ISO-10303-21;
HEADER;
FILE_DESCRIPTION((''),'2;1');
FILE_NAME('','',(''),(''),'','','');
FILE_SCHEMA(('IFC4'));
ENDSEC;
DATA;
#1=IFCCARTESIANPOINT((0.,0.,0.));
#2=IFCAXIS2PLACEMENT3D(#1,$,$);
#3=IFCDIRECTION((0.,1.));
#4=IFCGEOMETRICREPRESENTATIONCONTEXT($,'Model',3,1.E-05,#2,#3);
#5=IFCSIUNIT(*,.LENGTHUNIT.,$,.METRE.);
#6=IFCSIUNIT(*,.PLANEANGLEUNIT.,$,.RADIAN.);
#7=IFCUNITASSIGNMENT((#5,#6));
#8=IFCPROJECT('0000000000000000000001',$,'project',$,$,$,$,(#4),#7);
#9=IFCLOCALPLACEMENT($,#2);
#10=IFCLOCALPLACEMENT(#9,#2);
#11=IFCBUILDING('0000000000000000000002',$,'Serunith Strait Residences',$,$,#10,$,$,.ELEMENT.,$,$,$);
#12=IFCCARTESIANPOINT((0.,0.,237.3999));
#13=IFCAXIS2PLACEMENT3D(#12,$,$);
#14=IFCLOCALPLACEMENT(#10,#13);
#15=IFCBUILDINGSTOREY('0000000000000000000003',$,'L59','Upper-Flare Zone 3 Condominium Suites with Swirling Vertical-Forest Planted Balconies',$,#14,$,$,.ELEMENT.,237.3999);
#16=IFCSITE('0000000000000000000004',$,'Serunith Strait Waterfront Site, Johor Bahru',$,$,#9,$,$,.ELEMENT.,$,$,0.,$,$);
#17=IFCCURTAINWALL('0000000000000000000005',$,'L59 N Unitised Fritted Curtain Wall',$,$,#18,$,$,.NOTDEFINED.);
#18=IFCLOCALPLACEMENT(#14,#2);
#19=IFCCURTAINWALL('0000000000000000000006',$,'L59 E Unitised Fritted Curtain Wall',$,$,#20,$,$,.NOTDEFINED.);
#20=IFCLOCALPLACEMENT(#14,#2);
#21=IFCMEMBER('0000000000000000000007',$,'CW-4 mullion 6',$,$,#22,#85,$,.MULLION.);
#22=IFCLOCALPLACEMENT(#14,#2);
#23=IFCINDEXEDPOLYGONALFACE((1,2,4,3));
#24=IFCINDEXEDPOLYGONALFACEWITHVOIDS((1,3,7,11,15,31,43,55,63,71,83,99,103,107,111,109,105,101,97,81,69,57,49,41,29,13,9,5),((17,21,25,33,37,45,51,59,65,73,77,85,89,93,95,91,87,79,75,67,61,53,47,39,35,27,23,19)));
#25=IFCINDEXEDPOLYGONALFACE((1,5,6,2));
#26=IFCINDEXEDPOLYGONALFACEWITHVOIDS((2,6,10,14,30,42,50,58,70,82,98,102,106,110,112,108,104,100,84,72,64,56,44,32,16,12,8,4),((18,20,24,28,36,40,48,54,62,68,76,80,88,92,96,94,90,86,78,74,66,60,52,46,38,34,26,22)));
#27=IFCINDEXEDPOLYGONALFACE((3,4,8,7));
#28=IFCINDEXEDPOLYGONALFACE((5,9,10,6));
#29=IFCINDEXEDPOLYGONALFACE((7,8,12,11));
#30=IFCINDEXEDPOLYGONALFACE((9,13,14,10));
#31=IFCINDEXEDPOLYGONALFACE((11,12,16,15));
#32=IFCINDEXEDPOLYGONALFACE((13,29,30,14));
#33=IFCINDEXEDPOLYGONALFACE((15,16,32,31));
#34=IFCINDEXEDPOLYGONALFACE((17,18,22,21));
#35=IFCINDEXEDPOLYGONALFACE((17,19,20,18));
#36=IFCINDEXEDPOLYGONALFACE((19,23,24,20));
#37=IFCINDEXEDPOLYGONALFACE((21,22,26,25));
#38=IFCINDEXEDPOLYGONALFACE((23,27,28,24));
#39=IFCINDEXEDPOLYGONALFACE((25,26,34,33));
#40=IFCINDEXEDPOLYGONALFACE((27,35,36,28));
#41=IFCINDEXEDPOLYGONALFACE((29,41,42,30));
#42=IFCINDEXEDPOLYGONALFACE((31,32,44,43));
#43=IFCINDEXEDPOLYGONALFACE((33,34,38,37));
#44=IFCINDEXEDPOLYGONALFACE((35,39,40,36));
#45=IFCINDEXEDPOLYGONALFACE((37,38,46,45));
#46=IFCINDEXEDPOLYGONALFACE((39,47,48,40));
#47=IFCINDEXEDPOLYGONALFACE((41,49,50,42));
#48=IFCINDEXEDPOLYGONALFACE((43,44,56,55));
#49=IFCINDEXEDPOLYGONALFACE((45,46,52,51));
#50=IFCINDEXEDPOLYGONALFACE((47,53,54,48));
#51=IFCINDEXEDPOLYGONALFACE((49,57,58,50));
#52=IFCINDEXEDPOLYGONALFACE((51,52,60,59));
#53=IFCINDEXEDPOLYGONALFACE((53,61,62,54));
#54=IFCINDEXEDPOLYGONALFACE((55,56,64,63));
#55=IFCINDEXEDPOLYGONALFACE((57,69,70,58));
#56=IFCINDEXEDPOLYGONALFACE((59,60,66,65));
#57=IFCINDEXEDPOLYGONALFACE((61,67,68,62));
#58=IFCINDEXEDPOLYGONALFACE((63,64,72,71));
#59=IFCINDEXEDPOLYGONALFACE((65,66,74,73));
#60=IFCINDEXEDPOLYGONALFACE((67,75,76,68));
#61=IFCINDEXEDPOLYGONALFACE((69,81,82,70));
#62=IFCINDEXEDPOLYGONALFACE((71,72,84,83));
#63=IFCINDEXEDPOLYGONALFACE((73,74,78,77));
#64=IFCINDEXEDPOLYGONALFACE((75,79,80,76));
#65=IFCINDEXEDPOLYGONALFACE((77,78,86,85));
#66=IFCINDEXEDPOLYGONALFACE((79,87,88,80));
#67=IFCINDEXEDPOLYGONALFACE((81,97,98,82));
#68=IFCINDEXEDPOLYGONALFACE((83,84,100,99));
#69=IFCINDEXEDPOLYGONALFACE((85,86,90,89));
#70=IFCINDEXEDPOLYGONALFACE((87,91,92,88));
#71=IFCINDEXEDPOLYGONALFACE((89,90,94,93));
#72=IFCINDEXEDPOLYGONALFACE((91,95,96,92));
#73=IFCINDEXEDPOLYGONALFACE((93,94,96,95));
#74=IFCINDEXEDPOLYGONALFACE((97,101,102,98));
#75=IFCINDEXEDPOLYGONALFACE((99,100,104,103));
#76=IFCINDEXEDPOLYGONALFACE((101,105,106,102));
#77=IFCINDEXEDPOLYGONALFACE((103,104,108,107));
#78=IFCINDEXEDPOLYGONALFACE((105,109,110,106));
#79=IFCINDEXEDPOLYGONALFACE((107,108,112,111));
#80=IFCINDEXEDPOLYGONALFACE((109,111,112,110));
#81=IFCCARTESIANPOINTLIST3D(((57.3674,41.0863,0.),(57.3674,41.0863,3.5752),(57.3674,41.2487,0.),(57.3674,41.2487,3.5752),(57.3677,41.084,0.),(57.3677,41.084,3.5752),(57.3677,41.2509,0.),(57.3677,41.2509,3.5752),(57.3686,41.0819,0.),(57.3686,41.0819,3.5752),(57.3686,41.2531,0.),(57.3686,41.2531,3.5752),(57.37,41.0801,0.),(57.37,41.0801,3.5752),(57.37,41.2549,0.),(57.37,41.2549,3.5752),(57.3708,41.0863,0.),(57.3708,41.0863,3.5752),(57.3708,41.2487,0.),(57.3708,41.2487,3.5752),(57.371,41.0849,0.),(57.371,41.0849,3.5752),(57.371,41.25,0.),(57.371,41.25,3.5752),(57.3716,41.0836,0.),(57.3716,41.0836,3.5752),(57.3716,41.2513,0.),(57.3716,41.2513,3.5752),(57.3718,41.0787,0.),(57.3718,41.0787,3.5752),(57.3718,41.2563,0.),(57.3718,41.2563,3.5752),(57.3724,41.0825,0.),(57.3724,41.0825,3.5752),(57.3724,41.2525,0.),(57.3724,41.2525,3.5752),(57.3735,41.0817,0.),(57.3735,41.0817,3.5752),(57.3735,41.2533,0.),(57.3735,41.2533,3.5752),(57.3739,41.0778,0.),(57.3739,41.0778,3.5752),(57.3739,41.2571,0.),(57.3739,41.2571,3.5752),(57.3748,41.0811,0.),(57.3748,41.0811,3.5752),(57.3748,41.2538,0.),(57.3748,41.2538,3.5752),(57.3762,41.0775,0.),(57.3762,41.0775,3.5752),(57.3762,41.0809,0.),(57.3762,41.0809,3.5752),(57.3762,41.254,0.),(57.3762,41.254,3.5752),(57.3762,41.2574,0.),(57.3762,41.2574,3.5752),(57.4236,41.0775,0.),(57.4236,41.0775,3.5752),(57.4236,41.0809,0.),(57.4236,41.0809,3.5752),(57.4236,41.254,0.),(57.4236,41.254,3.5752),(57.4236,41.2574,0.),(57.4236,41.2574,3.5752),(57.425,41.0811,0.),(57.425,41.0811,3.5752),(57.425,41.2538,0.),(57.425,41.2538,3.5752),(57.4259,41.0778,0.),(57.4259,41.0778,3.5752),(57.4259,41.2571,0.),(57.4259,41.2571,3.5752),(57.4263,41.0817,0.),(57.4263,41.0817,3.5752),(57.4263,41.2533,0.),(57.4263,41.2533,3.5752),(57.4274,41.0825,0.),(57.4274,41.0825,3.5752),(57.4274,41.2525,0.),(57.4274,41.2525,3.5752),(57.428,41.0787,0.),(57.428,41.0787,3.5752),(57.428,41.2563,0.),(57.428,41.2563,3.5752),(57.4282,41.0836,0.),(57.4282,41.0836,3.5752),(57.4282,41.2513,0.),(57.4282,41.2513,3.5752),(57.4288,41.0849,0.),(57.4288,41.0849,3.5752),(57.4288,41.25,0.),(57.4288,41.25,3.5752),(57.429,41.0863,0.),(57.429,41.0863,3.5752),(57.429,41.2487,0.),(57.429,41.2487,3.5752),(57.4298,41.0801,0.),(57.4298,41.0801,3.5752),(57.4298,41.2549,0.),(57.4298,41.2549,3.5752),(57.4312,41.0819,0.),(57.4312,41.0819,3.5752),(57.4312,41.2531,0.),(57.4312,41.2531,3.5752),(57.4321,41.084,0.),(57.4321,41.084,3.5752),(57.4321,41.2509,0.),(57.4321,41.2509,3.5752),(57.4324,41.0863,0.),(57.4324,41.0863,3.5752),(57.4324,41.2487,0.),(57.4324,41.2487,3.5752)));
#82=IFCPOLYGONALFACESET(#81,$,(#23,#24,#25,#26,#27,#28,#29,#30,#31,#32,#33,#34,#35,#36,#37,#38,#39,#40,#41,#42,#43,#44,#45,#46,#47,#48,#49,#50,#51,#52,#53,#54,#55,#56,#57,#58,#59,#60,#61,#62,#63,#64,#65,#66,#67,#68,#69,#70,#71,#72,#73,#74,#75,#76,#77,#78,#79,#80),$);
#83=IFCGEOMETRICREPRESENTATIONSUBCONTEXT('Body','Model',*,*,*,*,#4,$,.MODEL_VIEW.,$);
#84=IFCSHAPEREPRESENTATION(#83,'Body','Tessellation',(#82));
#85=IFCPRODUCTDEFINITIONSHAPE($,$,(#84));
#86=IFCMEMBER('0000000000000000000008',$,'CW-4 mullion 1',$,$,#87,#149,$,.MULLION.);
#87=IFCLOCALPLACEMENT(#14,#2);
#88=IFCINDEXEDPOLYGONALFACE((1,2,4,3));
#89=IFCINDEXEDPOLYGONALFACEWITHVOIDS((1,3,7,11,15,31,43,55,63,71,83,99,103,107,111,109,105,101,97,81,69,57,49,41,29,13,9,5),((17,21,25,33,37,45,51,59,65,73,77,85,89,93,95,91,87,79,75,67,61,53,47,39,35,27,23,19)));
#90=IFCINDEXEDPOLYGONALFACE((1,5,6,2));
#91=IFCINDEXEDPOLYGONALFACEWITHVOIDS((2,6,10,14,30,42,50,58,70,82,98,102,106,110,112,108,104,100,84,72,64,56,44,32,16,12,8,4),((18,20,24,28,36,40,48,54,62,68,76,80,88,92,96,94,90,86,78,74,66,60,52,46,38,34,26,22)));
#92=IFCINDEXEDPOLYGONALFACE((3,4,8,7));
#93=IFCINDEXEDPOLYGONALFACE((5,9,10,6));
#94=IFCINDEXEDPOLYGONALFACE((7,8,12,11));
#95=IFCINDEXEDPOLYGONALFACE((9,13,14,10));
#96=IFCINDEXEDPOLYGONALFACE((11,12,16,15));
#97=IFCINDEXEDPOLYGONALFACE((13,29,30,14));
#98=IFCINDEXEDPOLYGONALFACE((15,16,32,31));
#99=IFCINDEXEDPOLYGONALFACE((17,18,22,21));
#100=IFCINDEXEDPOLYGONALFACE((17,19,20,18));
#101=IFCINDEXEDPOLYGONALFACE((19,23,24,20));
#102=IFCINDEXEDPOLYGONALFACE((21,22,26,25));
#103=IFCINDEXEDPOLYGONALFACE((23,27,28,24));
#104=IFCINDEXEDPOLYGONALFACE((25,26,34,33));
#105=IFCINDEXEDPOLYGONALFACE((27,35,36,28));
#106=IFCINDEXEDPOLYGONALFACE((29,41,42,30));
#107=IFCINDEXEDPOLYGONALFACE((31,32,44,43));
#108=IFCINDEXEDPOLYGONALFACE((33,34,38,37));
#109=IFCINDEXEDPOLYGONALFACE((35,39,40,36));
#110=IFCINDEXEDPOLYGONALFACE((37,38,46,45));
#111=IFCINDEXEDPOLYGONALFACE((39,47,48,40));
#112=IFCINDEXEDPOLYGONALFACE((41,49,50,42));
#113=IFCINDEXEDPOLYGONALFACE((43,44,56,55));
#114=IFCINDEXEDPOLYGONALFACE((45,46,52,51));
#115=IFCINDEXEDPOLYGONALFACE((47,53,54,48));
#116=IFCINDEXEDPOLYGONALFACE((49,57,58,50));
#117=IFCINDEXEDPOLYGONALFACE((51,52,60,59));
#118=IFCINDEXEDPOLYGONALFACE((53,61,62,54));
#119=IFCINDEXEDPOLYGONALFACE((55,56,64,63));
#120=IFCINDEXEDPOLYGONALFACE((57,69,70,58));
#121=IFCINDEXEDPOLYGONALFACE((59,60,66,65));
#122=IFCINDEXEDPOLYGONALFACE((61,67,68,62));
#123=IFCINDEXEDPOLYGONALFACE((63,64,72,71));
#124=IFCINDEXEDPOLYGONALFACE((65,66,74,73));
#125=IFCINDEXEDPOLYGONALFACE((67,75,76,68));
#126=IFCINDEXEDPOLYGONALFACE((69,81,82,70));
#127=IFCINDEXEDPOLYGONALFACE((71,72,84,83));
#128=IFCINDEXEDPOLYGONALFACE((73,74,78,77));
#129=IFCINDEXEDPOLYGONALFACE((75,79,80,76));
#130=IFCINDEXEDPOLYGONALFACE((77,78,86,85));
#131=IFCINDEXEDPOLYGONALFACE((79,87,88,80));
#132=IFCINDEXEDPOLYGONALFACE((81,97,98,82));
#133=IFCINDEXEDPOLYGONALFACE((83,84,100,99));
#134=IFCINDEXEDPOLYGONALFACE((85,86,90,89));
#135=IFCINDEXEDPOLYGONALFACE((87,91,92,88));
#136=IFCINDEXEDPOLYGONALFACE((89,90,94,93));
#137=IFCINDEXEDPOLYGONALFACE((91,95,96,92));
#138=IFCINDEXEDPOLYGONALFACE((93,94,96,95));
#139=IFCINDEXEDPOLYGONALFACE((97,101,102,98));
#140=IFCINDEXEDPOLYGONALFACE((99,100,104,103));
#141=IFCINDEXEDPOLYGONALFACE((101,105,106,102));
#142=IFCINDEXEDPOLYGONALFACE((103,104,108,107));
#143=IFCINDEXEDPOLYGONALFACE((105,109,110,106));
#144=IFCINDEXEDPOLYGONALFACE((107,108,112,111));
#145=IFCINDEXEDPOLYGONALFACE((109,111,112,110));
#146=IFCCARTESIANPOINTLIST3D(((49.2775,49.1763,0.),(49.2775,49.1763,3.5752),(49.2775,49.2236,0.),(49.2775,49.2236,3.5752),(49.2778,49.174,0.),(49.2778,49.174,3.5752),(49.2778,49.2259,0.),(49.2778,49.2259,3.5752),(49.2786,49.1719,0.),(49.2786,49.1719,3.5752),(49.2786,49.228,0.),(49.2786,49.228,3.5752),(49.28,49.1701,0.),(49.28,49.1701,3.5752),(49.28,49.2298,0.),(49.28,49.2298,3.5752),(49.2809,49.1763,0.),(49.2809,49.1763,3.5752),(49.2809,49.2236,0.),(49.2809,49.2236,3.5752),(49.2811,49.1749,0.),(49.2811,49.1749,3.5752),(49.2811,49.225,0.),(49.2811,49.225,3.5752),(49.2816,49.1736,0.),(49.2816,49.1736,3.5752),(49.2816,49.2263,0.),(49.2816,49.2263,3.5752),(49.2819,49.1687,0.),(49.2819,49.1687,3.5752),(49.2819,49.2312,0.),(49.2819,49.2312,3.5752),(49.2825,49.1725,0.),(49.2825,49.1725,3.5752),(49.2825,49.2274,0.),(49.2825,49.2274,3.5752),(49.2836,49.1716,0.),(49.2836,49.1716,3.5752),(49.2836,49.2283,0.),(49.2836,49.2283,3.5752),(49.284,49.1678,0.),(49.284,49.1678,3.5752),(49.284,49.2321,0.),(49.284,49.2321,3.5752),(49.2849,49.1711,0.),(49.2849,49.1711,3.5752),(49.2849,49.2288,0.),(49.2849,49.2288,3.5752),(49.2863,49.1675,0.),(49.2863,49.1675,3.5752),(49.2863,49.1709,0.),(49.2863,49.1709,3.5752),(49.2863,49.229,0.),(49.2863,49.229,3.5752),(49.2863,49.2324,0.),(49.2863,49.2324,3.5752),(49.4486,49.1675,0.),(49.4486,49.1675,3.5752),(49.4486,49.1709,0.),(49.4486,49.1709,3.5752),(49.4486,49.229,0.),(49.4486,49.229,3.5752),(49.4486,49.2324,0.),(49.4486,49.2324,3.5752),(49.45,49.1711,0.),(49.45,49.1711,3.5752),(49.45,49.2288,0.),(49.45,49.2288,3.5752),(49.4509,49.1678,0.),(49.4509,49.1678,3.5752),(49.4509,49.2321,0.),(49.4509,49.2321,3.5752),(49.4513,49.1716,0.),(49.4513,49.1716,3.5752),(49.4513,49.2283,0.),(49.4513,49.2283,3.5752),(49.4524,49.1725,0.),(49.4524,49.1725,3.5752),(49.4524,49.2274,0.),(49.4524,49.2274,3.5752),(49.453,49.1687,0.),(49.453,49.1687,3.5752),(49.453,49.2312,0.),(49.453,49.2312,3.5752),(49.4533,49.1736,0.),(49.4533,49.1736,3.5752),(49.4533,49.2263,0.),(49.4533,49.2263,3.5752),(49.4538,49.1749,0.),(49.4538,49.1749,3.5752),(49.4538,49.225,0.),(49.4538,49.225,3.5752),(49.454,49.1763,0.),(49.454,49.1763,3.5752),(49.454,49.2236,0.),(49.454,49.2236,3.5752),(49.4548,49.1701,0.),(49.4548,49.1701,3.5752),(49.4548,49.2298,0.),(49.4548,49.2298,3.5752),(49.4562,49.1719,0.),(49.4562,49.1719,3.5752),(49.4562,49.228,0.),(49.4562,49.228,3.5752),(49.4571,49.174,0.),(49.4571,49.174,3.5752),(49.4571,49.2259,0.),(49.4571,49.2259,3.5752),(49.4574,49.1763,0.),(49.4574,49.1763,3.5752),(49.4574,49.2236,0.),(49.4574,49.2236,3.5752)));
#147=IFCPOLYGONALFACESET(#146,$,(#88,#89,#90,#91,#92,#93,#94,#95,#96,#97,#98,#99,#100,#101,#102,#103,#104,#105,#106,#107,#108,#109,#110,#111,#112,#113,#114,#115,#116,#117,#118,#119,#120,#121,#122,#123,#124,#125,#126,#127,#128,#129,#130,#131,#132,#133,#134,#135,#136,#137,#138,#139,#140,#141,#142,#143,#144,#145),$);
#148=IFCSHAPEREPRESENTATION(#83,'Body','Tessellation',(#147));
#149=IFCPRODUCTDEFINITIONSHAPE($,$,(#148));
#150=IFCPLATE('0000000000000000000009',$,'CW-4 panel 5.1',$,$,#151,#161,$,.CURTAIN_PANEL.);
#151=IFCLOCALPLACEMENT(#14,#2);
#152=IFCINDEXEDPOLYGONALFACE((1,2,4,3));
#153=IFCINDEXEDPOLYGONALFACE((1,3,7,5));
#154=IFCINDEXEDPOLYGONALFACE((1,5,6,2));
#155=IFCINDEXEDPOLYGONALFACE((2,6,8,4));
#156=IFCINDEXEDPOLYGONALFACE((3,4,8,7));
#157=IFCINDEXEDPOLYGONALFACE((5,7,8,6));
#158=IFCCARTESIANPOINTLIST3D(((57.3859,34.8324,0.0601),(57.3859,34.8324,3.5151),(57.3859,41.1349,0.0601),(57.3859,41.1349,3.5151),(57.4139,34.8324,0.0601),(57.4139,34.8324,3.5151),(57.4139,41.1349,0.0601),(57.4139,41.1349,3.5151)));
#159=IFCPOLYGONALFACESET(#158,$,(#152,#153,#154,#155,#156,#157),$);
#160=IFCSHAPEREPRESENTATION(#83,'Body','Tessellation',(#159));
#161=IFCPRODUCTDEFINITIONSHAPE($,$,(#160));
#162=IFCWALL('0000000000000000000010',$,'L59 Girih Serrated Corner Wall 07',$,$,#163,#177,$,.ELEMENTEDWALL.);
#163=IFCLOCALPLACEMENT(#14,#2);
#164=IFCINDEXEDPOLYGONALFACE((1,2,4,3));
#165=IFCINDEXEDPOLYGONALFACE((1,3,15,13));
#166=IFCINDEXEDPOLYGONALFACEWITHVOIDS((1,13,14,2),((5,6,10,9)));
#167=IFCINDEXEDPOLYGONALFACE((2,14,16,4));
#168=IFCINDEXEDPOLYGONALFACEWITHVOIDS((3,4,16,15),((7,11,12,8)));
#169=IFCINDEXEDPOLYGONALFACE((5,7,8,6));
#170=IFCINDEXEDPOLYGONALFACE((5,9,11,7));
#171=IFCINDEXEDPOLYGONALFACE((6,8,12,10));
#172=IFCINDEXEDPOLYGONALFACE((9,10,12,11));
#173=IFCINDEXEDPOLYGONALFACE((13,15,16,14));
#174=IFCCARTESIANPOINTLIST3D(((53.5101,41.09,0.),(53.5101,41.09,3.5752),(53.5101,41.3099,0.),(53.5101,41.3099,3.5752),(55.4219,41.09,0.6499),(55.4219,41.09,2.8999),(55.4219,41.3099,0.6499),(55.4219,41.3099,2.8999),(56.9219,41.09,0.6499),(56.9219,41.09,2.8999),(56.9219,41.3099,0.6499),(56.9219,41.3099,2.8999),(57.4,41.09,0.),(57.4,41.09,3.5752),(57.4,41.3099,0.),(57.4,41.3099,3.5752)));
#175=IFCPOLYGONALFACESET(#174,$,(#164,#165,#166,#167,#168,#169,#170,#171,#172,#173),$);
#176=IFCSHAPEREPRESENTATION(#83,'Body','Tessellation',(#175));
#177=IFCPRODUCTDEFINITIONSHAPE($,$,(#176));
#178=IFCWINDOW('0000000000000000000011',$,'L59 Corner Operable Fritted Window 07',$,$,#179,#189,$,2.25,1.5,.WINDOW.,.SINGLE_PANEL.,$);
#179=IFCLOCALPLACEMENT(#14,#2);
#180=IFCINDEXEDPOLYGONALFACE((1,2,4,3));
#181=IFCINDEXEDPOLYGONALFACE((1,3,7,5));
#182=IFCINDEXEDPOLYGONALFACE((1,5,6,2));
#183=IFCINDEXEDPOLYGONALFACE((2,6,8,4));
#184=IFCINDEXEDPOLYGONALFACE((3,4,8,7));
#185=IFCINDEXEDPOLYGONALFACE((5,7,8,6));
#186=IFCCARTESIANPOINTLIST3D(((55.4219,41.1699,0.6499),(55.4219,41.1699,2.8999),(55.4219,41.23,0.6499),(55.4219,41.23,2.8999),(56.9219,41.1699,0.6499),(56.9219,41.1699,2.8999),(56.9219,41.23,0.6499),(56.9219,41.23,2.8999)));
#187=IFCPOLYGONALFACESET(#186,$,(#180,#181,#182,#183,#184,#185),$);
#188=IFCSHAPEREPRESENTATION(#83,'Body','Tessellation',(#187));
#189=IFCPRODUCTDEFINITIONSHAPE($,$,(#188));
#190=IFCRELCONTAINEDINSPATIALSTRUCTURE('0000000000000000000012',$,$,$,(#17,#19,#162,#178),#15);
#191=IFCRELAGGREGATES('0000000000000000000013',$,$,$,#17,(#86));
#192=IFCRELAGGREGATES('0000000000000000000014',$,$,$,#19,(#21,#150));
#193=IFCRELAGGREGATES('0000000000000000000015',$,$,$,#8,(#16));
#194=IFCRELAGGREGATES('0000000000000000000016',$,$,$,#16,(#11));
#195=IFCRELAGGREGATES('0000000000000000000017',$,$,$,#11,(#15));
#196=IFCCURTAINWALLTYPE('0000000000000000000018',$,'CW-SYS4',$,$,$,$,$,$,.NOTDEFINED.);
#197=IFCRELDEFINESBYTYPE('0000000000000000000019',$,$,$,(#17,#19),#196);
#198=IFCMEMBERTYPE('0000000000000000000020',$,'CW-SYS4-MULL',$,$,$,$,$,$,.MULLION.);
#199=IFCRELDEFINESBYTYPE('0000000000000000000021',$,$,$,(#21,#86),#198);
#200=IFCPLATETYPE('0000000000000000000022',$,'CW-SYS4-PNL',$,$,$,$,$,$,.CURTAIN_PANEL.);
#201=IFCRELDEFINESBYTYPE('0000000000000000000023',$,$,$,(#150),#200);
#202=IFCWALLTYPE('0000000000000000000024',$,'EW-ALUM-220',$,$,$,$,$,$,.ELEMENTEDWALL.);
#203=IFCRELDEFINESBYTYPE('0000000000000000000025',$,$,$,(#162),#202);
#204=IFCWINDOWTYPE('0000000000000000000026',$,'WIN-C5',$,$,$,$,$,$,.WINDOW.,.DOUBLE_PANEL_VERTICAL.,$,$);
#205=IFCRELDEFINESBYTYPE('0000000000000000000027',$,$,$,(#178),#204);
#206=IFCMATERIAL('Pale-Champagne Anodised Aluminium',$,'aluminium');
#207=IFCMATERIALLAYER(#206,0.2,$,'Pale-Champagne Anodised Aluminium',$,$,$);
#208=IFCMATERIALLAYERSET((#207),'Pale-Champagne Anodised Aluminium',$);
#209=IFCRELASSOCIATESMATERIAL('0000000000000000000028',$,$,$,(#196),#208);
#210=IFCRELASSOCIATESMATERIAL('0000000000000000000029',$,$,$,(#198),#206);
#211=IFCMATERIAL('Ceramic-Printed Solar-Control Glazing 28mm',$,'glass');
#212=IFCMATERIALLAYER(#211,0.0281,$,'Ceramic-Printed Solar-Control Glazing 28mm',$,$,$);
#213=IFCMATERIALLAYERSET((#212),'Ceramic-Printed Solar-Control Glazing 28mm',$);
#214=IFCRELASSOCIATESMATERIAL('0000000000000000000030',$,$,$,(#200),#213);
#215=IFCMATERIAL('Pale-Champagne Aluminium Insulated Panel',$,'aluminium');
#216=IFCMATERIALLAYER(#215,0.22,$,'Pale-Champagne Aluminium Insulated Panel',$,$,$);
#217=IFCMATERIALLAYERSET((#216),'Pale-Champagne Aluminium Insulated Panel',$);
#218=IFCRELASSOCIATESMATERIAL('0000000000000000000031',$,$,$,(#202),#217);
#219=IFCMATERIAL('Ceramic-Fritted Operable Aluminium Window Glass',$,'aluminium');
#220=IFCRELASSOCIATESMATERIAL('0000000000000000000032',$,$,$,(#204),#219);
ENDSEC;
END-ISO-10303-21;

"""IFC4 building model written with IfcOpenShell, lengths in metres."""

from ifc_helpers import new_model, si_unit, direction, frame, frame_2d, origin, origin_2d, place, context, subcontext, project, spatial, rectangle, hollow_rectangle, extrude, source, transform, mapped, material, layer, layer_set, material_profile, profile_set, type_object, element, fill, aggregate, save


model = new_model("IFC4")

# Units and contexts
model_context = context("Model", 3, precision=1e-05, world=origin(), true_north=direction((0.0, 1.0)))
body_context = subcontext(model_context, "Body", "Model", "MODEL_VIEW")
ifc_project = project(units=[si_unit("LENGTHUNIT", "METRE"), si_unit("PLANEANGLEUNIT", "RADIAN")], contexts=[model_context])

# Site, building, storey
site_placement = place(None, origin())
site = spatial("IfcSite", under=ifc_project, at=site_placement, Name="Serunith Strait Waterfront Site, Johor Bahru", CompositionType="ELEMENT", RefElevation=0.0)
building_placement = place(site_placement, origin())
building = spatial("IfcBuilding", under=site, at=building_placement, Name="Serunith Strait Residences", CompositionType="ELEMENT")
storey_placement = place(building_placement, frame((0.0, 0.0, 237.3999)))
storey = spatial("IfcBuildingStorey", under=building, at=storey_placement, Name="L59", Description="Upper-Flare Zone 3 Condominium Suites with Swirling Vertical-Forest Planted Balconies", CompositionType="ELEMENT", Elevation=237.3999)

# Curtain wall
ifc_material_1 = material(Name="Pale-Champagne Anodised Aluminium", Category="aluminium")
ifc_layer_1 = layer(ifc_material_1, 0.2, Name="Pale-Champagne Anodised Aluminium")
ifc_layer_set_1 = layer_set([ifc_layer_1], Name="Pale-Champagne Anodised Aluminium")
curtain_wall_type = type_object("IfcCurtainWallType", Name="CW-SYS4", PredefinedType="NOTDEFINED", material=ifc_layer_set_1)
curtain_wall_1_placement = place(storey_placement, origin())
curtain_wall_1 = element("IfcCurtainWall", 1, at=curtain_wall_1_placement, inside=storey, type_object=curtain_wall_type, Name="L59 N Unitised Fritted Curtain Wall", PredefinedType="NOTDEFINED")

# Curtain wall, member
curtain_wall_2_placement = place(storey_placement, origin())
curtain_wall_2 = element("IfcCurtainWall", 2, at=curtain_wall_2_placement, inside=storey, type_object=curtain_wall_type, Name="L59 E Unitised Fritted Curtain Wall", PredefinedType="NOTDEFINED")
ifc_material_profile_1 = material_profile(ifc_material_1, hollow_rectangle(XDim=0.0649, YDim=0.1799, WallThickness=0.0034, InnerFilletRadius=0.0054, OuterFilletRadius=0.0088, at=origin_2d()), Name="ALU 180x65x3.5")
ifc_profile_set_1 = profile_set([ifc_material_profile_1], Name="Pale-Champagne Anodised Aluminium")
member_type_1 = type_object("IfcMemberType", Name="CW-SYS4-MULL", PredefinedType="MULLION", material=ifc_profile_set_1)
shared_shape_1 = source(origin(), body_context, "Body", "SweptSolid", [
    extrude(hollow_rectangle(XDim=0.0649, YDim=0.1799, WallThickness=0.0034, InnerFilletRadius=0.0054, OuterFilletRadius=0.0088, at=origin_2d()), origin(), (0.0, 0.0, 1.0), 3.5752),
])
member_1_placement = place(storey_placement, frame((57.3999, 41.1675, 0.0), z_axis=(0.0, 0.0, 1.0), x_axis=(-1.0, 0.0, 0.0)))
member_1 = element("IfcMember", 3, at=member_1_placement, type_object=member_type_1, Name="CW-4 mullion 6", PredefinedType="MULLION", context=body_context, shape_type="MappedRepresentation", body=[
    mapped(shared_shape_1, transform((0.0, 0.0, 0.0), scale=1.0)),
])

# Member
member_2_placement = place(storey_placement, frame((49.3674, 49.2, 0.0), z_axis=(0.0, 0.0, 1.0), x_axis=(0.0, -1.0, 0.0)))
member_2 = element("IfcMember", 4, at=member_2_placement, type_object=member_type_1, Name="CW-4 mullion 1", PredefinedType="MULLION", context=body_context, shape_type="MappedRepresentation", body=[
    mapped(shared_shape_1, transform((0.0, 0.0, 0.0), scale=1.0)),
])
aggregate(curtain_wall_1, [member_2])

# Plate
ifc_material_2 = material(Name="Ceramic-Printed Solar-Control Glazing 28mm", Category="glass")
ifc_layer_2 = layer(ifc_material_2, 0.0281, Name="Ceramic-Printed Solar-Control Glazing 28mm")
ifc_layer_set_2 = layer_set([ifc_layer_2], Name="Ceramic-Printed Solar-Control Glazing 28mm")
plate_type = type_object("IfcPlateType", Name="CW-SYS4-PNL", PredefinedType="CURTAIN_PANEL", material=ifc_layer_set_2)
shared_shape_2 = source(origin(), body_context, "Body", "SweptSolid", [
    extrude(rectangle(XDim=6.3025, YDim=0.0281, at=origin_2d()), origin(), (0.0, 0.0, 1.0), 3.4551),
])
plate_placement = place(storey_placement, frame((57.3999, 37.9836, 0.0601), z_axis=(0.0, 0.0, 1.0), x_axis=(0.0, 1.0, 0.0)))
plate = element("IfcPlate", 5, at=plate_placement, type_object=plate_type, Name="CW-4 panel 5.1", PredefinedType="CURTAIN_PANEL", context=body_context, shape_type="MappedRepresentation", body=[
    mapped(shared_shape_2, transform((0.0, 0.0, 0.0), scale=1.0)),
])
aggregate(curtain_wall_2, [member_1, plate])

# Wall, opening, window
ifc_material_3 = material(Name="Pale-Champagne Aluminium Insulated Panel", Category="aluminium")
ifc_layer_3 = layer(ifc_material_3, 0.22, Name="Pale-Champagne Aluminium Insulated Panel")
ifc_layer_set_3 = layer_set([ifc_layer_3], Name="Pale-Champagne Aluminium Insulated Panel")
wall_type_1 = type_object("IfcWallType", Name="EW-ALUM-220", PredefinedType="ELEMENTEDWALL", material=ifc_layer_set_3)
wall_1_placement = place(storey_placement, frame((57.3999, 41.2, 0.0), z_axis=(0.0, 0.0, 1.0), x_axis=(-1.0, 0.0, 0.0)))
wall_1 = element("IfcWall", 6, at=wall_1_placement, inside=storey, type_object=wall_type_1, Name="L59 Girih Serrated Corner Wall 07", PredefinedType="ELEMENTEDWALL", context=body_context, shape_type="SweptSolid", body=[
    extrude(rectangle(XDim=3.8899, YDim=0.22, at=frame_2d((1.9448, 0.0))), origin(), (0.0, 0.0, 1.0), 3.5752),
])
opening_1_placement = place(wall_1_placement, frame((0.478, 0.0, 0.6499)))
opening_1 = element("IfcOpeningElement", 7, at=opening_1_placement, cuts=wall_1, PredefinedType="OPENING", context=body_context, shape_type="SweptSolid", body=[
    extrude(rectangle(XDim=1.5, YDim=2.25, at=frame_2d((0.75, 1.125))), frame((0.0, 0.1201, 0.0), z_axis=(0.0, -1.0, 0.0), x_axis=(1.0, 0.0, 0.0)), (0.0, 0.0, 1.0), 0.24),
])
ifc_material_4 = material(Name="Ceramic-Fritted Operable Aluminium Window Glass", Category="aluminium")
window_type = type_object("IfcWindowType", Name="WIN-C5", PartitioningType="DOUBLE_PANEL_VERTICAL", PredefinedType="WINDOW", material=ifc_material_4)
shared_shape_3 = source(origin(), body_context, "Body", "SweptSolid", [
    extrude(rectangle(XDim=1.5, YDim=2.25, at=frame_2d((0.75, 1.125))), frame((0.0, 0.03, 0.0), z_axis=(0.0, -1.0, 0.0), x_axis=(1.0, 0.0, 0.0)), (0.0, 0.0, 1.0), 0.0601),
])
window_1_placement = place(opening_1_placement, origin())
window_1 = element("IfcWindow", 8, at=window_1_placement, inside=storey, type_object=window_type, Name="L59 Corner Operable Fritted Window 07", OverallHeight=2.25, OverallWidth=1.5, PartitioningType="SINGLE_PANEL", PredefinedType="WINDOW", context=body_context, shape_type="MappedRepresentation", body=[
    mapped(shared_shape_3, transform((0.0, 0.0, 0.0), scale=1.0)),
])
fill(opening_1, window_1)

save(model, "model.ifc")
